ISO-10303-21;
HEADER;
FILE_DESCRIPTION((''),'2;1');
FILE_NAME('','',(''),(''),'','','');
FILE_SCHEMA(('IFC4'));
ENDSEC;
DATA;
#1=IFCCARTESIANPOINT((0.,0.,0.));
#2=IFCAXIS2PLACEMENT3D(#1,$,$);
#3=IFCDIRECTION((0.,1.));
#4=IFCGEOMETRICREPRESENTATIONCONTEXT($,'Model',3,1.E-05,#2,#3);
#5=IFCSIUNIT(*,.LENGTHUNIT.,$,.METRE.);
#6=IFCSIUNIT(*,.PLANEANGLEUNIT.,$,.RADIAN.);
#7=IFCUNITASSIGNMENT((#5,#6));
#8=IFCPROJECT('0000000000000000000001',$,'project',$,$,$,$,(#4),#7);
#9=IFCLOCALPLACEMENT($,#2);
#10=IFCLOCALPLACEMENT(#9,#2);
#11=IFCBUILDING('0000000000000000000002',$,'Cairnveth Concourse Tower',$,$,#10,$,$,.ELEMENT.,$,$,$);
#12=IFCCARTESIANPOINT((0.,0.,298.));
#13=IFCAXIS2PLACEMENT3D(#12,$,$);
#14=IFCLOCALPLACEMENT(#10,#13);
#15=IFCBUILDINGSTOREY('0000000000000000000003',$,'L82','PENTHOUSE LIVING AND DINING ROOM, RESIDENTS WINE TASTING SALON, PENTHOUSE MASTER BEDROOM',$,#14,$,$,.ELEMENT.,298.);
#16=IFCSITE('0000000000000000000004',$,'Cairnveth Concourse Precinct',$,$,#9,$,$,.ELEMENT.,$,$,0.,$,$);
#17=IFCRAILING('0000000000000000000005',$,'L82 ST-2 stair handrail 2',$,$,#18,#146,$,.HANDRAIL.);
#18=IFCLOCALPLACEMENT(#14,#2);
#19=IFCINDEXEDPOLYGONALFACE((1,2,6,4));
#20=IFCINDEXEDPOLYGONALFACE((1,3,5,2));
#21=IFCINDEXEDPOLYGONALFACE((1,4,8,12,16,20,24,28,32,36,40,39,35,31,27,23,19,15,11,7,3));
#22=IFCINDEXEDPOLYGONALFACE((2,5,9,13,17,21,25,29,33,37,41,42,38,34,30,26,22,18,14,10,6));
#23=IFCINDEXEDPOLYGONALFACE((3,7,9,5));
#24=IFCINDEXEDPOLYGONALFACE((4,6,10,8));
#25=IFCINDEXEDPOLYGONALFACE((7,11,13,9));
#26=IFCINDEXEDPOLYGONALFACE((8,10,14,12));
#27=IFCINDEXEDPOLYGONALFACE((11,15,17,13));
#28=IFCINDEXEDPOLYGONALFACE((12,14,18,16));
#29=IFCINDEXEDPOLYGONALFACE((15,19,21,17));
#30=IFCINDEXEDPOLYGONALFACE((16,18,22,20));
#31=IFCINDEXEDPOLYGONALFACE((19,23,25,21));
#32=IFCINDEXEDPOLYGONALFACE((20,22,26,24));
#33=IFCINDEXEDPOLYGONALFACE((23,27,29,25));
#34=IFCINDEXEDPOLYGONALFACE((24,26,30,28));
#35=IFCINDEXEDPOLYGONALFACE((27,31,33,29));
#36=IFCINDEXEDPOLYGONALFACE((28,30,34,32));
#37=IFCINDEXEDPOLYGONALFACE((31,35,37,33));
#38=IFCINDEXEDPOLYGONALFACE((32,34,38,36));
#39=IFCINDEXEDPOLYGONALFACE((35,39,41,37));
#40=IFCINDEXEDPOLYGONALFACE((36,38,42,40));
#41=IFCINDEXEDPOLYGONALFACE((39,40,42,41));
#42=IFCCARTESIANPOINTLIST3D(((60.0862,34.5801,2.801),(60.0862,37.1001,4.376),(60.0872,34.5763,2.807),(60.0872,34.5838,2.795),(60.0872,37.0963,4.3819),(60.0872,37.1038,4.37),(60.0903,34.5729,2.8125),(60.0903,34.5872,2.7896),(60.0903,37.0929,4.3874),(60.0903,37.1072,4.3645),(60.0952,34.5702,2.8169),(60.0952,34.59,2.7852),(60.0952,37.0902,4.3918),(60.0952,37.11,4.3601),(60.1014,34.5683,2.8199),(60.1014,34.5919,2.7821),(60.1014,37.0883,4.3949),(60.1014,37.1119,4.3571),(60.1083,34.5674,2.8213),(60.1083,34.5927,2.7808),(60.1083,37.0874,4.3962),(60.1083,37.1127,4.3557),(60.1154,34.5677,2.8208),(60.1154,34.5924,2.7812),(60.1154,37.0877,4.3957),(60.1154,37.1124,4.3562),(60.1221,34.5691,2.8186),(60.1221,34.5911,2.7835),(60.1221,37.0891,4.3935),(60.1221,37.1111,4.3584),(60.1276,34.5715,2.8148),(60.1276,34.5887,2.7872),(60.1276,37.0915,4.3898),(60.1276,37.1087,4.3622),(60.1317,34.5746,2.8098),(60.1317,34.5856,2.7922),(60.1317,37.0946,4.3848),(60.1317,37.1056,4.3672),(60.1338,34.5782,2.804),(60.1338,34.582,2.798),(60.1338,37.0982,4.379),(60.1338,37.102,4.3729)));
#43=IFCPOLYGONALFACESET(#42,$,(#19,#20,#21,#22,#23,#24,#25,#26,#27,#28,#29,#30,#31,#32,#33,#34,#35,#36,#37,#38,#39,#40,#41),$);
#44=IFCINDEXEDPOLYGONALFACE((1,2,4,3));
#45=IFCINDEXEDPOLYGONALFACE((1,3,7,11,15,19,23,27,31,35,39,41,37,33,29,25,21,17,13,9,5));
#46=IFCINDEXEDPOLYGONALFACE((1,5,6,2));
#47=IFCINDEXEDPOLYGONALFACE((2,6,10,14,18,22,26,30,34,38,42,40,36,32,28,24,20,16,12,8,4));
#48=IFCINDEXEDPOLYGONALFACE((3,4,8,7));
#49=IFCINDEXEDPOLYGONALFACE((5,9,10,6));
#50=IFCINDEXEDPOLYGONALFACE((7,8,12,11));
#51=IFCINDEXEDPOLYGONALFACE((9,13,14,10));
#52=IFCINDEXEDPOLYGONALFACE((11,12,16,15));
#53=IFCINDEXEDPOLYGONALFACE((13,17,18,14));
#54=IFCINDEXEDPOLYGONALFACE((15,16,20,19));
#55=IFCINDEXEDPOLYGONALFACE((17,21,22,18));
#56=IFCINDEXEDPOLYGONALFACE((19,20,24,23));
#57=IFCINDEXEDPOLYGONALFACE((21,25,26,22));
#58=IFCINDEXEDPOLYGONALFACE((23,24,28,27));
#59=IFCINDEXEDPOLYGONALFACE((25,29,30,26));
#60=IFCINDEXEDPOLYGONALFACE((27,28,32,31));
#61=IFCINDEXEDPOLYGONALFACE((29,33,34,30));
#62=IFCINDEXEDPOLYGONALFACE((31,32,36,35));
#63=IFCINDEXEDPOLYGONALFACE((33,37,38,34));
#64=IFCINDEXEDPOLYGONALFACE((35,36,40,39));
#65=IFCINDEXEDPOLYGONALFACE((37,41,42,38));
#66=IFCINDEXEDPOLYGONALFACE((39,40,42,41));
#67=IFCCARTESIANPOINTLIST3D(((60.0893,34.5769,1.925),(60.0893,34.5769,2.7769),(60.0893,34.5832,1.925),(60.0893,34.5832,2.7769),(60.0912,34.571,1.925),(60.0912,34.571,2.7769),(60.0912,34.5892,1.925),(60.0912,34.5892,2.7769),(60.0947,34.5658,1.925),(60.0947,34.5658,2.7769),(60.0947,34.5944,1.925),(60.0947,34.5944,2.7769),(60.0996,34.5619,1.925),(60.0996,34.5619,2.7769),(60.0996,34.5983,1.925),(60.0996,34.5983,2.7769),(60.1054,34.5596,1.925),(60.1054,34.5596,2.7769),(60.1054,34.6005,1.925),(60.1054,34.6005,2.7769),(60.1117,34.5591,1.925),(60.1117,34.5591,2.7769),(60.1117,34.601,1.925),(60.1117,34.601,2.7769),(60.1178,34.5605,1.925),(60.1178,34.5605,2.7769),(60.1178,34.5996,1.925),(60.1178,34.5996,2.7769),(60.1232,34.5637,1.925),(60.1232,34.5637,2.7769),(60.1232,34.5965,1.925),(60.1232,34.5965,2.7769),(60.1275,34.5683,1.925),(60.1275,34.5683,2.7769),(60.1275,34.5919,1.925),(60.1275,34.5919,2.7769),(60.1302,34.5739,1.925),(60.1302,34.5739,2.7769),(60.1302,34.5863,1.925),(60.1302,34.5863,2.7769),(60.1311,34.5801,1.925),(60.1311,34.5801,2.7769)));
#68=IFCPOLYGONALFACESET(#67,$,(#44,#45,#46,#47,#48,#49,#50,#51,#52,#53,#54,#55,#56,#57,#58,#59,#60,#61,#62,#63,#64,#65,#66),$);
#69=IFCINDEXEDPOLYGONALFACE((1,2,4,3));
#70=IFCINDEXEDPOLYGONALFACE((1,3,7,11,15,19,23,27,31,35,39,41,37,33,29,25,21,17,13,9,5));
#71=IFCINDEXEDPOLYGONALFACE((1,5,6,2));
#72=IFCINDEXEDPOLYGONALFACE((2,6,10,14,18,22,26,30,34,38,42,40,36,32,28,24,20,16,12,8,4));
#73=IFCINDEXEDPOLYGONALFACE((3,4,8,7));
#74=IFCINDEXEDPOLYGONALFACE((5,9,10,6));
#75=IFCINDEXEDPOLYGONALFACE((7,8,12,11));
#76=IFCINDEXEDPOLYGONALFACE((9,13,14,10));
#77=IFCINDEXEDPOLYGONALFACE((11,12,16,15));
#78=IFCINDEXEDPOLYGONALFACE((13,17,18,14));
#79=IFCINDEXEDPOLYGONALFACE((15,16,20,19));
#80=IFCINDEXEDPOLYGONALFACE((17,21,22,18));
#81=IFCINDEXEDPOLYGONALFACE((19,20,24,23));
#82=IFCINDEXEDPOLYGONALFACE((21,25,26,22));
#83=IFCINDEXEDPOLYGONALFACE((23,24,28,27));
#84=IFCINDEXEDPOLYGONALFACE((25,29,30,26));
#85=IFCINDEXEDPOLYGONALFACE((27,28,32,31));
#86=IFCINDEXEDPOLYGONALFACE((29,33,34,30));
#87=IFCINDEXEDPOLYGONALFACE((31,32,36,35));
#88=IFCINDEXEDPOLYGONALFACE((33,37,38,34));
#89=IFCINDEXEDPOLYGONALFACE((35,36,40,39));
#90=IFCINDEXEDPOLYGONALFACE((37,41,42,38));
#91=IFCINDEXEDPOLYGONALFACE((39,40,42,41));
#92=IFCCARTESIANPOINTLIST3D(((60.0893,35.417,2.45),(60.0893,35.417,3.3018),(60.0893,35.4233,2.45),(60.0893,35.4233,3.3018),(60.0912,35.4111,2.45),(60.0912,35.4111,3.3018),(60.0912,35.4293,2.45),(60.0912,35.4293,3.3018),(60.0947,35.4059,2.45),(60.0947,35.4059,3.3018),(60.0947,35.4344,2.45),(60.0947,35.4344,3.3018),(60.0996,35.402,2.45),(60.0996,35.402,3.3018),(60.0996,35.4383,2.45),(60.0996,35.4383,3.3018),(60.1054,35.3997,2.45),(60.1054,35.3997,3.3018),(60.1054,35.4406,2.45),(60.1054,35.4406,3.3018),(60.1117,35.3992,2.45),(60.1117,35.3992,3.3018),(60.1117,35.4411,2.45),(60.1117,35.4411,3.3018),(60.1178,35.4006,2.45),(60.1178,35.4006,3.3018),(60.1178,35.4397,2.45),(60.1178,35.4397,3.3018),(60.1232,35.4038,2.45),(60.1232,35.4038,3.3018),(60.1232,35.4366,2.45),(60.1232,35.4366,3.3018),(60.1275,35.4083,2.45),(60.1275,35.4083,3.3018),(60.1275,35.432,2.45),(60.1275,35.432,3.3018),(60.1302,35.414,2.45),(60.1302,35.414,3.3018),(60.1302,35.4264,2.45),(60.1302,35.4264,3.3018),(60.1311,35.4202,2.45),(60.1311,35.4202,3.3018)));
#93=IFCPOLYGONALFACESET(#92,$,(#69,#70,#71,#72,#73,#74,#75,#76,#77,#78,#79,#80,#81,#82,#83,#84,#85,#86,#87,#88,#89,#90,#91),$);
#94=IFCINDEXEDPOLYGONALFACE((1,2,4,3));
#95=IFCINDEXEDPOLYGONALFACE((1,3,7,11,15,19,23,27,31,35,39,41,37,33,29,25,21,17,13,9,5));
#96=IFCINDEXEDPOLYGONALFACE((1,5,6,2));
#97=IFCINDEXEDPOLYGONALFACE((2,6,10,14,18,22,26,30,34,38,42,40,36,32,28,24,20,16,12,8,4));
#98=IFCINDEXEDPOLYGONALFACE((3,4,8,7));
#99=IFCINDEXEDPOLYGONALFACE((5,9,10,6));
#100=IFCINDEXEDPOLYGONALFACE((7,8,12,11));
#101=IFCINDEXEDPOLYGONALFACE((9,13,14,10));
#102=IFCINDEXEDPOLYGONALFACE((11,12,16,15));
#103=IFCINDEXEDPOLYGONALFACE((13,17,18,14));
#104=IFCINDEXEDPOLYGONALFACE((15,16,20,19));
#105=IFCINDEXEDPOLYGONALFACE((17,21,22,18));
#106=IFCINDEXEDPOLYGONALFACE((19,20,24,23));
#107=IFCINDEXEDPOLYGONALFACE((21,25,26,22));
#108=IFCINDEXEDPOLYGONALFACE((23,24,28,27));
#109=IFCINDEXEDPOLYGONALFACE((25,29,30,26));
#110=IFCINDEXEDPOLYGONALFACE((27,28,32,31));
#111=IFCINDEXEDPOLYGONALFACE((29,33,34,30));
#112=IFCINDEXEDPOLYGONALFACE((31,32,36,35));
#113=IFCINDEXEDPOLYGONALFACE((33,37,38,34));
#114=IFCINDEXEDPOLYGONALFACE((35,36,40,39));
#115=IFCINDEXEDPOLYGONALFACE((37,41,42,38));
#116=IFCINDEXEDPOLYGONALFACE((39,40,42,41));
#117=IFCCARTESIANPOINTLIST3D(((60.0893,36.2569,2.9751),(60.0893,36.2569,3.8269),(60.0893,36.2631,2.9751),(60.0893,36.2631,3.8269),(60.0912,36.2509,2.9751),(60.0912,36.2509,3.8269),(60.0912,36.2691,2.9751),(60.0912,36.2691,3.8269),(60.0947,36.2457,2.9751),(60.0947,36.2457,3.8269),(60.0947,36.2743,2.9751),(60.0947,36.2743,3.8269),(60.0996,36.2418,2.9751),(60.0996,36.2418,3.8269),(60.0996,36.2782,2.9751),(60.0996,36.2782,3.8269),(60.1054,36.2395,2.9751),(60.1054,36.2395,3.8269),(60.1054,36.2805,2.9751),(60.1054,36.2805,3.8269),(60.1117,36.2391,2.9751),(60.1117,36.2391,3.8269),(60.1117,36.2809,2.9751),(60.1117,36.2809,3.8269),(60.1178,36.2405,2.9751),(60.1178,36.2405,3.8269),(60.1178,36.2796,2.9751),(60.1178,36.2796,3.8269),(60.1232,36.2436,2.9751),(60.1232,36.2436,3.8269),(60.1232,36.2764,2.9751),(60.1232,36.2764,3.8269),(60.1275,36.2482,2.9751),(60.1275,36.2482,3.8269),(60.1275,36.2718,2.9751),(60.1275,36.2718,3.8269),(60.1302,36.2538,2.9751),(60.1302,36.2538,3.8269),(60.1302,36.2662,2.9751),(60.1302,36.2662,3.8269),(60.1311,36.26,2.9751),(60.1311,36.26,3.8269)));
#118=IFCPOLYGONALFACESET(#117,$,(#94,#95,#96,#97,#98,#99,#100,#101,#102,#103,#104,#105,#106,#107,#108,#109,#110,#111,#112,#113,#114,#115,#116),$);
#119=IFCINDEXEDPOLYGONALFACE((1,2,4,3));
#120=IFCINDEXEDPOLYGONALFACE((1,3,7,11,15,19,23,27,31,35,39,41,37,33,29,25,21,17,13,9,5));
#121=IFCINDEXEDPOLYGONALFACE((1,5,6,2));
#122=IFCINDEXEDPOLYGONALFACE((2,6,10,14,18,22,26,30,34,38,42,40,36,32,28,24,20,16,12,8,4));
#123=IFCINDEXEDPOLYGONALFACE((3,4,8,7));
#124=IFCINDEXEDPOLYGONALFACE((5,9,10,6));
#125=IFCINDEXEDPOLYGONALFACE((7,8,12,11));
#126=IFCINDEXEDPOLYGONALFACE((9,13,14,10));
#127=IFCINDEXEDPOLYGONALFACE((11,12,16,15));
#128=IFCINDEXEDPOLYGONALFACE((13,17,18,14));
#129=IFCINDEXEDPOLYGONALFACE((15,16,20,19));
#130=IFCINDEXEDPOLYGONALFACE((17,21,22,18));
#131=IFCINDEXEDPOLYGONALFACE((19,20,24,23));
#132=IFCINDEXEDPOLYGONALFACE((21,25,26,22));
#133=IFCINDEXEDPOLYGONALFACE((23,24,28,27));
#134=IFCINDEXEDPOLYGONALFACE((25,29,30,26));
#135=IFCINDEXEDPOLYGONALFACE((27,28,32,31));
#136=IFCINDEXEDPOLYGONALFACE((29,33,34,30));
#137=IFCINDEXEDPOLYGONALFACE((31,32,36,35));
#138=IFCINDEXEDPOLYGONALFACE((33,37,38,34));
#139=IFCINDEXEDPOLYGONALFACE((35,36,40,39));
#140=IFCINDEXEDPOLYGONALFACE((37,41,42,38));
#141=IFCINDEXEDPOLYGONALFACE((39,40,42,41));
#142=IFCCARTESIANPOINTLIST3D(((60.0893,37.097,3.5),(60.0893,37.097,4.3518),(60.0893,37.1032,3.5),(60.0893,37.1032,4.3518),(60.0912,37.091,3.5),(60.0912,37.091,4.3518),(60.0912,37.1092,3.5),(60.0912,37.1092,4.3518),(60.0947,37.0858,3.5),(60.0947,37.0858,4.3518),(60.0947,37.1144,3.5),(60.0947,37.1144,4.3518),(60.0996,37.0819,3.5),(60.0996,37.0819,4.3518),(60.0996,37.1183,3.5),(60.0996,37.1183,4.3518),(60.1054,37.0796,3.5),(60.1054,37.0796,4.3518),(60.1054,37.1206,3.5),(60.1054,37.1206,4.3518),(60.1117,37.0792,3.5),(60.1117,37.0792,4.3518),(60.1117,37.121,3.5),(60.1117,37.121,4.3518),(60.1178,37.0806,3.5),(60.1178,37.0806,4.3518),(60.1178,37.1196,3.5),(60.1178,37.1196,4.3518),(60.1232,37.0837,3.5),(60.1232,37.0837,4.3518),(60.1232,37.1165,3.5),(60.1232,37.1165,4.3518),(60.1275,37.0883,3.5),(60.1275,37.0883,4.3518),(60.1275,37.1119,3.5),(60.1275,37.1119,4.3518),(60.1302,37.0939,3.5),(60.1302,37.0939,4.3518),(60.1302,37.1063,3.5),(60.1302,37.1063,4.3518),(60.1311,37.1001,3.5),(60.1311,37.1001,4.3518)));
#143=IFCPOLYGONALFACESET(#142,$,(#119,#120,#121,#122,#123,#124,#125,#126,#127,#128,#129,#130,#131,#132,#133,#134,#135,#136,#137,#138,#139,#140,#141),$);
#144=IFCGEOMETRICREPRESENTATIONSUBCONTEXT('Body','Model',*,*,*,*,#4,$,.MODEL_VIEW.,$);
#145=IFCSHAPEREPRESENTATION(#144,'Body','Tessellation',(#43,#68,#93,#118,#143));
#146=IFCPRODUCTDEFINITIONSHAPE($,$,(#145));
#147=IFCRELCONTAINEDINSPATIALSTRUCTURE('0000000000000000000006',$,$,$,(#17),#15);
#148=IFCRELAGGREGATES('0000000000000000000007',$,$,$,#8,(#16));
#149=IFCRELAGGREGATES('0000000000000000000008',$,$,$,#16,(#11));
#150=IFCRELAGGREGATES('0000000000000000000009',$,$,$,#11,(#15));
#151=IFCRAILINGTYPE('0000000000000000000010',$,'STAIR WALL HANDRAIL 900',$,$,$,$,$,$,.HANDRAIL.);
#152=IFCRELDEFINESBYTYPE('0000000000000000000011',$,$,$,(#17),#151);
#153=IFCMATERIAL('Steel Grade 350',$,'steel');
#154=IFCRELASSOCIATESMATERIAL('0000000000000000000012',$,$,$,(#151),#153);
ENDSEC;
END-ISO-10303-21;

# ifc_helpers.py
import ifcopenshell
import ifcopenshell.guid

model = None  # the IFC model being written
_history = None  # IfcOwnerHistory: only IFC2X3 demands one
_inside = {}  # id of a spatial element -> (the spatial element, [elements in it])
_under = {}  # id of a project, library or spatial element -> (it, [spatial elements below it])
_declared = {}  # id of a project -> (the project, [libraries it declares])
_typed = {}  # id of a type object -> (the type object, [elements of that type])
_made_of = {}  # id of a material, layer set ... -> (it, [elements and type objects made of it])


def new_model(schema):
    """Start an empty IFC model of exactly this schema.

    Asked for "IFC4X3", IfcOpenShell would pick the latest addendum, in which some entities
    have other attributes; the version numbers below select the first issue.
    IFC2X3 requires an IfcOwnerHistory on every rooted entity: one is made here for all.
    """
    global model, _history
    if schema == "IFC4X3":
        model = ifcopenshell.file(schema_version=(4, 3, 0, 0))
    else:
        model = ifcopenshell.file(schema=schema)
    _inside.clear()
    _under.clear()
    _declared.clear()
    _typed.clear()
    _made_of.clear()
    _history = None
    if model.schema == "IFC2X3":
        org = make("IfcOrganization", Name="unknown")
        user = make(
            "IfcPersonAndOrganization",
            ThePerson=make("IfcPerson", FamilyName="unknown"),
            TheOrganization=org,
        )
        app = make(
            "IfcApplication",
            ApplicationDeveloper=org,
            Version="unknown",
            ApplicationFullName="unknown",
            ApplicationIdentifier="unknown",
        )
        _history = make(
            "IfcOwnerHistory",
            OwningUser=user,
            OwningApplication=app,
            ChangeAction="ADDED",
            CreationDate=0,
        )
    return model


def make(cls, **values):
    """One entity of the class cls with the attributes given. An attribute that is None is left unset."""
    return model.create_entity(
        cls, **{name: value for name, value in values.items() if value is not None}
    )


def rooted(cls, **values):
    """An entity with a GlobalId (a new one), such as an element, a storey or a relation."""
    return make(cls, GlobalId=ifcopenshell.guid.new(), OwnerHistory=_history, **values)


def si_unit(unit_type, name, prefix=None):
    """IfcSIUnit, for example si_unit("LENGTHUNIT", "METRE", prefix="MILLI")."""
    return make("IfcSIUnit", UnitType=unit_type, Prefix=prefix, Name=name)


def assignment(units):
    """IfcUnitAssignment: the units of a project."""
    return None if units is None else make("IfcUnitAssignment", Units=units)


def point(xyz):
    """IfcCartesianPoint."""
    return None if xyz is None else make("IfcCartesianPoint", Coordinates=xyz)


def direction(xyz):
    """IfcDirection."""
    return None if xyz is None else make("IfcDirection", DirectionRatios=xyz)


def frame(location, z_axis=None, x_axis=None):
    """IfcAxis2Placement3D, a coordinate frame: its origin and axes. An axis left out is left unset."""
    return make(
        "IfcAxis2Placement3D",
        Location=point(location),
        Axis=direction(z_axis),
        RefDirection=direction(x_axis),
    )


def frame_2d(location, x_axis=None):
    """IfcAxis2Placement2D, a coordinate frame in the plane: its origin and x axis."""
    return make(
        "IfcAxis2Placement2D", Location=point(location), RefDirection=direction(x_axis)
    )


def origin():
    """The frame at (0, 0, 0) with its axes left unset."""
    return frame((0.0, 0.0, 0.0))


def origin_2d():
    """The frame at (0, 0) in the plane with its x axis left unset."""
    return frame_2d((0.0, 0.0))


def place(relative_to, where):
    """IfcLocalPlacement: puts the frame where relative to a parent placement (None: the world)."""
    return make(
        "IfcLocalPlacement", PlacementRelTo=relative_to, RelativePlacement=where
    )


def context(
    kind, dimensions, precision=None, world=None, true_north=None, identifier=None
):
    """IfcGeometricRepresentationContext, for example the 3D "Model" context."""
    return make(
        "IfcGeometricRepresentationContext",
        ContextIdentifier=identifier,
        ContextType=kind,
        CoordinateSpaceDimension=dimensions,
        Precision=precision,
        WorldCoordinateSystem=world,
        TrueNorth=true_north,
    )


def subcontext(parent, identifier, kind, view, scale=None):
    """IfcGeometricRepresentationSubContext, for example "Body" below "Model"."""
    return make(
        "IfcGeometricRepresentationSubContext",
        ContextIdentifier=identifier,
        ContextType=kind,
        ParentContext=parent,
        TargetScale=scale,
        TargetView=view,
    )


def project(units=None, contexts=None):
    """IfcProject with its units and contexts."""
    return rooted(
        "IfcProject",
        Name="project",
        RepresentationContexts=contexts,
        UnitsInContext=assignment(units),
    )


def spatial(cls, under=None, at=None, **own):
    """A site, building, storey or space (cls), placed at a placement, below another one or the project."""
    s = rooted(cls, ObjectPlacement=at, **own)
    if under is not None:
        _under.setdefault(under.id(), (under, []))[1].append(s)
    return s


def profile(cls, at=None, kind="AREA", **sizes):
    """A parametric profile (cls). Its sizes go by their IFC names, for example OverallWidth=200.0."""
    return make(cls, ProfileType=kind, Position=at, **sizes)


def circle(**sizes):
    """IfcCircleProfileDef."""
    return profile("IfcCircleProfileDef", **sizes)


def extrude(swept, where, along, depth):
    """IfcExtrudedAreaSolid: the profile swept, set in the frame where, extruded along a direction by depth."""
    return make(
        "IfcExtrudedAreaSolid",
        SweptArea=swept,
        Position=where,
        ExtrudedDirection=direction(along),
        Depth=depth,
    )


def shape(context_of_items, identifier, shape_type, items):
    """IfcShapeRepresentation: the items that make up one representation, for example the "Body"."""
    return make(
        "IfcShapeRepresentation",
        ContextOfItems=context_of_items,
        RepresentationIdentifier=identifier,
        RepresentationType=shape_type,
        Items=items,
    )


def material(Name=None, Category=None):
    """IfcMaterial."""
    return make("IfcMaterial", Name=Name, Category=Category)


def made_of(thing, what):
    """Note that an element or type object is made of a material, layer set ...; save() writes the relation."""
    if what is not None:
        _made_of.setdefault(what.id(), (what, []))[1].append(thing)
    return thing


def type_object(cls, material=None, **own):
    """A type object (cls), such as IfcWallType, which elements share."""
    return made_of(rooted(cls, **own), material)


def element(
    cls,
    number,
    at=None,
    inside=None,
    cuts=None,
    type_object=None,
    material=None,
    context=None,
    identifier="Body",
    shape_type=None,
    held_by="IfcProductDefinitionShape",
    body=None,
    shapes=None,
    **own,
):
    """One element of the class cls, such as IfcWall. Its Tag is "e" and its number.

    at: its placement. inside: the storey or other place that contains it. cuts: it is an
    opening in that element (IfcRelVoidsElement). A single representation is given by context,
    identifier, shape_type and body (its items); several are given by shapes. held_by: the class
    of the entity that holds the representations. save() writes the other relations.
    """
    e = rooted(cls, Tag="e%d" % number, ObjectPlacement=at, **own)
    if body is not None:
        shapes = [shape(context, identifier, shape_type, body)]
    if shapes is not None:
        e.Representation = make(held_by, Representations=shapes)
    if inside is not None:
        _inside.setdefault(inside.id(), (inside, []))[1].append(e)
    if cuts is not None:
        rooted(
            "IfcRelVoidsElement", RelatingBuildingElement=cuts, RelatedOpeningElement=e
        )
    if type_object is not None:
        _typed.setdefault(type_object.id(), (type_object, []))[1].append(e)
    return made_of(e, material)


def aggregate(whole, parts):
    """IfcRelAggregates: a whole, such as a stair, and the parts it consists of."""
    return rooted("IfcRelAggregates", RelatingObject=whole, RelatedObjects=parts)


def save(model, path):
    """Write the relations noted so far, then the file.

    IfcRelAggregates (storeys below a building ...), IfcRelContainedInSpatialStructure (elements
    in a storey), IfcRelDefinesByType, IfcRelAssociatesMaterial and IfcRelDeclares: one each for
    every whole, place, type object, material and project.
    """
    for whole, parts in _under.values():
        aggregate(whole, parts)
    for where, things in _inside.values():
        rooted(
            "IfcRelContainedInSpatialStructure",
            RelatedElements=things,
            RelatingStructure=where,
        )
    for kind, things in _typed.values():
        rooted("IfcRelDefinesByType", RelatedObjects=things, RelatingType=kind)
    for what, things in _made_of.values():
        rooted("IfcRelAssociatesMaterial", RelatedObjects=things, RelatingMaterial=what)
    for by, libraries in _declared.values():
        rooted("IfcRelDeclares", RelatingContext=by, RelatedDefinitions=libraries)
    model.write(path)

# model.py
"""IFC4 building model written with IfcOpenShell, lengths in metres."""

from ifc_helpers import new_model, si_unit, direction, frame, origin, origin_2d, place, context, subcontext, project, spatial, circle, extrude, material, type_object, element, save


model = new_model("IFC4")

# Units and contexts
model_context = context("Model", 3, precision=1e-05, world=origin(), true_north=direction((0.0, 1.0)))
body_context = subcontext(model_context, "Body", "Model", "MODEL_VIEW")
ifc_project = project(units=[si_unit("LENGTHUNIT", "METRE"), si_unit("PLANEANGLEUNIT", "RADIAN")], contexts=[model_context])

# Site, building, storey
site_placement = place(None, origin())
site = spatial("IfcSite", under=ifc_project, at=site_placement, Name="Cairnveth Concourse Precinct", CompositionType="ELEMENT", RefElevation=0.0)
building_placement = place(site_placement, origin())
building = spatial("IfcBuilding", under=site, at=building_placement, Name="Cairnveth Concourse Tower", CompositionType="ELEMENT")
storey_placement = place(building_placement, frame((0.0, 0.0, 298.0)))
storey = spatial("IfcBuildingStorey", under=building, at=storey_placement, Name="L82", Description="PENTHOUSE LIVING AND DINING ROOM, RESIDENTS WINE TASTING SALON, PENTHOUSE MASTER BEDROOM", CompositionType="ELEMENT", Elevation=298.0)

# Shared definitions
ifc_material_1 = material(Name="Steel Grade 350", Category="steel")

# Railing
railing_type_1 = type_object("IfcRailingType", Name="STAIR WALL HANDRAIL 900", PredefinedType="HANDRAIL", material=ifc_material_1)
railing_1_placement = place(storey_placement, frame((60.1101, 34.5801, 1.925)))
element("IfcRailing", 1, at=railing_1_placement, inside=storey, type_object=railing_type_1, Name="L82 ST-2 stair handrail 2", PredefinedType="HANDRAIL", context=body_context, shape_type="SweptSolid", body=[
    extrude(circle(Radius=0.0239, at=origin_2d()), frame((0.0, 0.0, 0.876), z_axis=(0.0, 0.848008, 0.529984), x_axis=(-1.0, 0.0, 0.0)), (0.0, 0.0, 1.0), 2.9717),
    extrude(circle(Radius=0.021, at=origin_2d()), origin(), (0.0, 0.0, 1.0), 0.8518),
    extrude(circle(Radius=0.021, at=origin_2d()), frame((0.0, 0.8401, 0.5249)), (0.0, 0.0, 1.0), 0.8518),
    extrude(circle(Radius=0.021, at=origin_2d()), frame((0.0, 1.6799, 1.05)), (0.0, 0.0, 1.0), 0.8518),
    extrude(circle(Radius=0.021, at=origin_2d()), frame((0.0, 2.52, 1.575)), (0.0, 0.0, 1.0), 0.8518),
])

save(model, "model.ifc")
